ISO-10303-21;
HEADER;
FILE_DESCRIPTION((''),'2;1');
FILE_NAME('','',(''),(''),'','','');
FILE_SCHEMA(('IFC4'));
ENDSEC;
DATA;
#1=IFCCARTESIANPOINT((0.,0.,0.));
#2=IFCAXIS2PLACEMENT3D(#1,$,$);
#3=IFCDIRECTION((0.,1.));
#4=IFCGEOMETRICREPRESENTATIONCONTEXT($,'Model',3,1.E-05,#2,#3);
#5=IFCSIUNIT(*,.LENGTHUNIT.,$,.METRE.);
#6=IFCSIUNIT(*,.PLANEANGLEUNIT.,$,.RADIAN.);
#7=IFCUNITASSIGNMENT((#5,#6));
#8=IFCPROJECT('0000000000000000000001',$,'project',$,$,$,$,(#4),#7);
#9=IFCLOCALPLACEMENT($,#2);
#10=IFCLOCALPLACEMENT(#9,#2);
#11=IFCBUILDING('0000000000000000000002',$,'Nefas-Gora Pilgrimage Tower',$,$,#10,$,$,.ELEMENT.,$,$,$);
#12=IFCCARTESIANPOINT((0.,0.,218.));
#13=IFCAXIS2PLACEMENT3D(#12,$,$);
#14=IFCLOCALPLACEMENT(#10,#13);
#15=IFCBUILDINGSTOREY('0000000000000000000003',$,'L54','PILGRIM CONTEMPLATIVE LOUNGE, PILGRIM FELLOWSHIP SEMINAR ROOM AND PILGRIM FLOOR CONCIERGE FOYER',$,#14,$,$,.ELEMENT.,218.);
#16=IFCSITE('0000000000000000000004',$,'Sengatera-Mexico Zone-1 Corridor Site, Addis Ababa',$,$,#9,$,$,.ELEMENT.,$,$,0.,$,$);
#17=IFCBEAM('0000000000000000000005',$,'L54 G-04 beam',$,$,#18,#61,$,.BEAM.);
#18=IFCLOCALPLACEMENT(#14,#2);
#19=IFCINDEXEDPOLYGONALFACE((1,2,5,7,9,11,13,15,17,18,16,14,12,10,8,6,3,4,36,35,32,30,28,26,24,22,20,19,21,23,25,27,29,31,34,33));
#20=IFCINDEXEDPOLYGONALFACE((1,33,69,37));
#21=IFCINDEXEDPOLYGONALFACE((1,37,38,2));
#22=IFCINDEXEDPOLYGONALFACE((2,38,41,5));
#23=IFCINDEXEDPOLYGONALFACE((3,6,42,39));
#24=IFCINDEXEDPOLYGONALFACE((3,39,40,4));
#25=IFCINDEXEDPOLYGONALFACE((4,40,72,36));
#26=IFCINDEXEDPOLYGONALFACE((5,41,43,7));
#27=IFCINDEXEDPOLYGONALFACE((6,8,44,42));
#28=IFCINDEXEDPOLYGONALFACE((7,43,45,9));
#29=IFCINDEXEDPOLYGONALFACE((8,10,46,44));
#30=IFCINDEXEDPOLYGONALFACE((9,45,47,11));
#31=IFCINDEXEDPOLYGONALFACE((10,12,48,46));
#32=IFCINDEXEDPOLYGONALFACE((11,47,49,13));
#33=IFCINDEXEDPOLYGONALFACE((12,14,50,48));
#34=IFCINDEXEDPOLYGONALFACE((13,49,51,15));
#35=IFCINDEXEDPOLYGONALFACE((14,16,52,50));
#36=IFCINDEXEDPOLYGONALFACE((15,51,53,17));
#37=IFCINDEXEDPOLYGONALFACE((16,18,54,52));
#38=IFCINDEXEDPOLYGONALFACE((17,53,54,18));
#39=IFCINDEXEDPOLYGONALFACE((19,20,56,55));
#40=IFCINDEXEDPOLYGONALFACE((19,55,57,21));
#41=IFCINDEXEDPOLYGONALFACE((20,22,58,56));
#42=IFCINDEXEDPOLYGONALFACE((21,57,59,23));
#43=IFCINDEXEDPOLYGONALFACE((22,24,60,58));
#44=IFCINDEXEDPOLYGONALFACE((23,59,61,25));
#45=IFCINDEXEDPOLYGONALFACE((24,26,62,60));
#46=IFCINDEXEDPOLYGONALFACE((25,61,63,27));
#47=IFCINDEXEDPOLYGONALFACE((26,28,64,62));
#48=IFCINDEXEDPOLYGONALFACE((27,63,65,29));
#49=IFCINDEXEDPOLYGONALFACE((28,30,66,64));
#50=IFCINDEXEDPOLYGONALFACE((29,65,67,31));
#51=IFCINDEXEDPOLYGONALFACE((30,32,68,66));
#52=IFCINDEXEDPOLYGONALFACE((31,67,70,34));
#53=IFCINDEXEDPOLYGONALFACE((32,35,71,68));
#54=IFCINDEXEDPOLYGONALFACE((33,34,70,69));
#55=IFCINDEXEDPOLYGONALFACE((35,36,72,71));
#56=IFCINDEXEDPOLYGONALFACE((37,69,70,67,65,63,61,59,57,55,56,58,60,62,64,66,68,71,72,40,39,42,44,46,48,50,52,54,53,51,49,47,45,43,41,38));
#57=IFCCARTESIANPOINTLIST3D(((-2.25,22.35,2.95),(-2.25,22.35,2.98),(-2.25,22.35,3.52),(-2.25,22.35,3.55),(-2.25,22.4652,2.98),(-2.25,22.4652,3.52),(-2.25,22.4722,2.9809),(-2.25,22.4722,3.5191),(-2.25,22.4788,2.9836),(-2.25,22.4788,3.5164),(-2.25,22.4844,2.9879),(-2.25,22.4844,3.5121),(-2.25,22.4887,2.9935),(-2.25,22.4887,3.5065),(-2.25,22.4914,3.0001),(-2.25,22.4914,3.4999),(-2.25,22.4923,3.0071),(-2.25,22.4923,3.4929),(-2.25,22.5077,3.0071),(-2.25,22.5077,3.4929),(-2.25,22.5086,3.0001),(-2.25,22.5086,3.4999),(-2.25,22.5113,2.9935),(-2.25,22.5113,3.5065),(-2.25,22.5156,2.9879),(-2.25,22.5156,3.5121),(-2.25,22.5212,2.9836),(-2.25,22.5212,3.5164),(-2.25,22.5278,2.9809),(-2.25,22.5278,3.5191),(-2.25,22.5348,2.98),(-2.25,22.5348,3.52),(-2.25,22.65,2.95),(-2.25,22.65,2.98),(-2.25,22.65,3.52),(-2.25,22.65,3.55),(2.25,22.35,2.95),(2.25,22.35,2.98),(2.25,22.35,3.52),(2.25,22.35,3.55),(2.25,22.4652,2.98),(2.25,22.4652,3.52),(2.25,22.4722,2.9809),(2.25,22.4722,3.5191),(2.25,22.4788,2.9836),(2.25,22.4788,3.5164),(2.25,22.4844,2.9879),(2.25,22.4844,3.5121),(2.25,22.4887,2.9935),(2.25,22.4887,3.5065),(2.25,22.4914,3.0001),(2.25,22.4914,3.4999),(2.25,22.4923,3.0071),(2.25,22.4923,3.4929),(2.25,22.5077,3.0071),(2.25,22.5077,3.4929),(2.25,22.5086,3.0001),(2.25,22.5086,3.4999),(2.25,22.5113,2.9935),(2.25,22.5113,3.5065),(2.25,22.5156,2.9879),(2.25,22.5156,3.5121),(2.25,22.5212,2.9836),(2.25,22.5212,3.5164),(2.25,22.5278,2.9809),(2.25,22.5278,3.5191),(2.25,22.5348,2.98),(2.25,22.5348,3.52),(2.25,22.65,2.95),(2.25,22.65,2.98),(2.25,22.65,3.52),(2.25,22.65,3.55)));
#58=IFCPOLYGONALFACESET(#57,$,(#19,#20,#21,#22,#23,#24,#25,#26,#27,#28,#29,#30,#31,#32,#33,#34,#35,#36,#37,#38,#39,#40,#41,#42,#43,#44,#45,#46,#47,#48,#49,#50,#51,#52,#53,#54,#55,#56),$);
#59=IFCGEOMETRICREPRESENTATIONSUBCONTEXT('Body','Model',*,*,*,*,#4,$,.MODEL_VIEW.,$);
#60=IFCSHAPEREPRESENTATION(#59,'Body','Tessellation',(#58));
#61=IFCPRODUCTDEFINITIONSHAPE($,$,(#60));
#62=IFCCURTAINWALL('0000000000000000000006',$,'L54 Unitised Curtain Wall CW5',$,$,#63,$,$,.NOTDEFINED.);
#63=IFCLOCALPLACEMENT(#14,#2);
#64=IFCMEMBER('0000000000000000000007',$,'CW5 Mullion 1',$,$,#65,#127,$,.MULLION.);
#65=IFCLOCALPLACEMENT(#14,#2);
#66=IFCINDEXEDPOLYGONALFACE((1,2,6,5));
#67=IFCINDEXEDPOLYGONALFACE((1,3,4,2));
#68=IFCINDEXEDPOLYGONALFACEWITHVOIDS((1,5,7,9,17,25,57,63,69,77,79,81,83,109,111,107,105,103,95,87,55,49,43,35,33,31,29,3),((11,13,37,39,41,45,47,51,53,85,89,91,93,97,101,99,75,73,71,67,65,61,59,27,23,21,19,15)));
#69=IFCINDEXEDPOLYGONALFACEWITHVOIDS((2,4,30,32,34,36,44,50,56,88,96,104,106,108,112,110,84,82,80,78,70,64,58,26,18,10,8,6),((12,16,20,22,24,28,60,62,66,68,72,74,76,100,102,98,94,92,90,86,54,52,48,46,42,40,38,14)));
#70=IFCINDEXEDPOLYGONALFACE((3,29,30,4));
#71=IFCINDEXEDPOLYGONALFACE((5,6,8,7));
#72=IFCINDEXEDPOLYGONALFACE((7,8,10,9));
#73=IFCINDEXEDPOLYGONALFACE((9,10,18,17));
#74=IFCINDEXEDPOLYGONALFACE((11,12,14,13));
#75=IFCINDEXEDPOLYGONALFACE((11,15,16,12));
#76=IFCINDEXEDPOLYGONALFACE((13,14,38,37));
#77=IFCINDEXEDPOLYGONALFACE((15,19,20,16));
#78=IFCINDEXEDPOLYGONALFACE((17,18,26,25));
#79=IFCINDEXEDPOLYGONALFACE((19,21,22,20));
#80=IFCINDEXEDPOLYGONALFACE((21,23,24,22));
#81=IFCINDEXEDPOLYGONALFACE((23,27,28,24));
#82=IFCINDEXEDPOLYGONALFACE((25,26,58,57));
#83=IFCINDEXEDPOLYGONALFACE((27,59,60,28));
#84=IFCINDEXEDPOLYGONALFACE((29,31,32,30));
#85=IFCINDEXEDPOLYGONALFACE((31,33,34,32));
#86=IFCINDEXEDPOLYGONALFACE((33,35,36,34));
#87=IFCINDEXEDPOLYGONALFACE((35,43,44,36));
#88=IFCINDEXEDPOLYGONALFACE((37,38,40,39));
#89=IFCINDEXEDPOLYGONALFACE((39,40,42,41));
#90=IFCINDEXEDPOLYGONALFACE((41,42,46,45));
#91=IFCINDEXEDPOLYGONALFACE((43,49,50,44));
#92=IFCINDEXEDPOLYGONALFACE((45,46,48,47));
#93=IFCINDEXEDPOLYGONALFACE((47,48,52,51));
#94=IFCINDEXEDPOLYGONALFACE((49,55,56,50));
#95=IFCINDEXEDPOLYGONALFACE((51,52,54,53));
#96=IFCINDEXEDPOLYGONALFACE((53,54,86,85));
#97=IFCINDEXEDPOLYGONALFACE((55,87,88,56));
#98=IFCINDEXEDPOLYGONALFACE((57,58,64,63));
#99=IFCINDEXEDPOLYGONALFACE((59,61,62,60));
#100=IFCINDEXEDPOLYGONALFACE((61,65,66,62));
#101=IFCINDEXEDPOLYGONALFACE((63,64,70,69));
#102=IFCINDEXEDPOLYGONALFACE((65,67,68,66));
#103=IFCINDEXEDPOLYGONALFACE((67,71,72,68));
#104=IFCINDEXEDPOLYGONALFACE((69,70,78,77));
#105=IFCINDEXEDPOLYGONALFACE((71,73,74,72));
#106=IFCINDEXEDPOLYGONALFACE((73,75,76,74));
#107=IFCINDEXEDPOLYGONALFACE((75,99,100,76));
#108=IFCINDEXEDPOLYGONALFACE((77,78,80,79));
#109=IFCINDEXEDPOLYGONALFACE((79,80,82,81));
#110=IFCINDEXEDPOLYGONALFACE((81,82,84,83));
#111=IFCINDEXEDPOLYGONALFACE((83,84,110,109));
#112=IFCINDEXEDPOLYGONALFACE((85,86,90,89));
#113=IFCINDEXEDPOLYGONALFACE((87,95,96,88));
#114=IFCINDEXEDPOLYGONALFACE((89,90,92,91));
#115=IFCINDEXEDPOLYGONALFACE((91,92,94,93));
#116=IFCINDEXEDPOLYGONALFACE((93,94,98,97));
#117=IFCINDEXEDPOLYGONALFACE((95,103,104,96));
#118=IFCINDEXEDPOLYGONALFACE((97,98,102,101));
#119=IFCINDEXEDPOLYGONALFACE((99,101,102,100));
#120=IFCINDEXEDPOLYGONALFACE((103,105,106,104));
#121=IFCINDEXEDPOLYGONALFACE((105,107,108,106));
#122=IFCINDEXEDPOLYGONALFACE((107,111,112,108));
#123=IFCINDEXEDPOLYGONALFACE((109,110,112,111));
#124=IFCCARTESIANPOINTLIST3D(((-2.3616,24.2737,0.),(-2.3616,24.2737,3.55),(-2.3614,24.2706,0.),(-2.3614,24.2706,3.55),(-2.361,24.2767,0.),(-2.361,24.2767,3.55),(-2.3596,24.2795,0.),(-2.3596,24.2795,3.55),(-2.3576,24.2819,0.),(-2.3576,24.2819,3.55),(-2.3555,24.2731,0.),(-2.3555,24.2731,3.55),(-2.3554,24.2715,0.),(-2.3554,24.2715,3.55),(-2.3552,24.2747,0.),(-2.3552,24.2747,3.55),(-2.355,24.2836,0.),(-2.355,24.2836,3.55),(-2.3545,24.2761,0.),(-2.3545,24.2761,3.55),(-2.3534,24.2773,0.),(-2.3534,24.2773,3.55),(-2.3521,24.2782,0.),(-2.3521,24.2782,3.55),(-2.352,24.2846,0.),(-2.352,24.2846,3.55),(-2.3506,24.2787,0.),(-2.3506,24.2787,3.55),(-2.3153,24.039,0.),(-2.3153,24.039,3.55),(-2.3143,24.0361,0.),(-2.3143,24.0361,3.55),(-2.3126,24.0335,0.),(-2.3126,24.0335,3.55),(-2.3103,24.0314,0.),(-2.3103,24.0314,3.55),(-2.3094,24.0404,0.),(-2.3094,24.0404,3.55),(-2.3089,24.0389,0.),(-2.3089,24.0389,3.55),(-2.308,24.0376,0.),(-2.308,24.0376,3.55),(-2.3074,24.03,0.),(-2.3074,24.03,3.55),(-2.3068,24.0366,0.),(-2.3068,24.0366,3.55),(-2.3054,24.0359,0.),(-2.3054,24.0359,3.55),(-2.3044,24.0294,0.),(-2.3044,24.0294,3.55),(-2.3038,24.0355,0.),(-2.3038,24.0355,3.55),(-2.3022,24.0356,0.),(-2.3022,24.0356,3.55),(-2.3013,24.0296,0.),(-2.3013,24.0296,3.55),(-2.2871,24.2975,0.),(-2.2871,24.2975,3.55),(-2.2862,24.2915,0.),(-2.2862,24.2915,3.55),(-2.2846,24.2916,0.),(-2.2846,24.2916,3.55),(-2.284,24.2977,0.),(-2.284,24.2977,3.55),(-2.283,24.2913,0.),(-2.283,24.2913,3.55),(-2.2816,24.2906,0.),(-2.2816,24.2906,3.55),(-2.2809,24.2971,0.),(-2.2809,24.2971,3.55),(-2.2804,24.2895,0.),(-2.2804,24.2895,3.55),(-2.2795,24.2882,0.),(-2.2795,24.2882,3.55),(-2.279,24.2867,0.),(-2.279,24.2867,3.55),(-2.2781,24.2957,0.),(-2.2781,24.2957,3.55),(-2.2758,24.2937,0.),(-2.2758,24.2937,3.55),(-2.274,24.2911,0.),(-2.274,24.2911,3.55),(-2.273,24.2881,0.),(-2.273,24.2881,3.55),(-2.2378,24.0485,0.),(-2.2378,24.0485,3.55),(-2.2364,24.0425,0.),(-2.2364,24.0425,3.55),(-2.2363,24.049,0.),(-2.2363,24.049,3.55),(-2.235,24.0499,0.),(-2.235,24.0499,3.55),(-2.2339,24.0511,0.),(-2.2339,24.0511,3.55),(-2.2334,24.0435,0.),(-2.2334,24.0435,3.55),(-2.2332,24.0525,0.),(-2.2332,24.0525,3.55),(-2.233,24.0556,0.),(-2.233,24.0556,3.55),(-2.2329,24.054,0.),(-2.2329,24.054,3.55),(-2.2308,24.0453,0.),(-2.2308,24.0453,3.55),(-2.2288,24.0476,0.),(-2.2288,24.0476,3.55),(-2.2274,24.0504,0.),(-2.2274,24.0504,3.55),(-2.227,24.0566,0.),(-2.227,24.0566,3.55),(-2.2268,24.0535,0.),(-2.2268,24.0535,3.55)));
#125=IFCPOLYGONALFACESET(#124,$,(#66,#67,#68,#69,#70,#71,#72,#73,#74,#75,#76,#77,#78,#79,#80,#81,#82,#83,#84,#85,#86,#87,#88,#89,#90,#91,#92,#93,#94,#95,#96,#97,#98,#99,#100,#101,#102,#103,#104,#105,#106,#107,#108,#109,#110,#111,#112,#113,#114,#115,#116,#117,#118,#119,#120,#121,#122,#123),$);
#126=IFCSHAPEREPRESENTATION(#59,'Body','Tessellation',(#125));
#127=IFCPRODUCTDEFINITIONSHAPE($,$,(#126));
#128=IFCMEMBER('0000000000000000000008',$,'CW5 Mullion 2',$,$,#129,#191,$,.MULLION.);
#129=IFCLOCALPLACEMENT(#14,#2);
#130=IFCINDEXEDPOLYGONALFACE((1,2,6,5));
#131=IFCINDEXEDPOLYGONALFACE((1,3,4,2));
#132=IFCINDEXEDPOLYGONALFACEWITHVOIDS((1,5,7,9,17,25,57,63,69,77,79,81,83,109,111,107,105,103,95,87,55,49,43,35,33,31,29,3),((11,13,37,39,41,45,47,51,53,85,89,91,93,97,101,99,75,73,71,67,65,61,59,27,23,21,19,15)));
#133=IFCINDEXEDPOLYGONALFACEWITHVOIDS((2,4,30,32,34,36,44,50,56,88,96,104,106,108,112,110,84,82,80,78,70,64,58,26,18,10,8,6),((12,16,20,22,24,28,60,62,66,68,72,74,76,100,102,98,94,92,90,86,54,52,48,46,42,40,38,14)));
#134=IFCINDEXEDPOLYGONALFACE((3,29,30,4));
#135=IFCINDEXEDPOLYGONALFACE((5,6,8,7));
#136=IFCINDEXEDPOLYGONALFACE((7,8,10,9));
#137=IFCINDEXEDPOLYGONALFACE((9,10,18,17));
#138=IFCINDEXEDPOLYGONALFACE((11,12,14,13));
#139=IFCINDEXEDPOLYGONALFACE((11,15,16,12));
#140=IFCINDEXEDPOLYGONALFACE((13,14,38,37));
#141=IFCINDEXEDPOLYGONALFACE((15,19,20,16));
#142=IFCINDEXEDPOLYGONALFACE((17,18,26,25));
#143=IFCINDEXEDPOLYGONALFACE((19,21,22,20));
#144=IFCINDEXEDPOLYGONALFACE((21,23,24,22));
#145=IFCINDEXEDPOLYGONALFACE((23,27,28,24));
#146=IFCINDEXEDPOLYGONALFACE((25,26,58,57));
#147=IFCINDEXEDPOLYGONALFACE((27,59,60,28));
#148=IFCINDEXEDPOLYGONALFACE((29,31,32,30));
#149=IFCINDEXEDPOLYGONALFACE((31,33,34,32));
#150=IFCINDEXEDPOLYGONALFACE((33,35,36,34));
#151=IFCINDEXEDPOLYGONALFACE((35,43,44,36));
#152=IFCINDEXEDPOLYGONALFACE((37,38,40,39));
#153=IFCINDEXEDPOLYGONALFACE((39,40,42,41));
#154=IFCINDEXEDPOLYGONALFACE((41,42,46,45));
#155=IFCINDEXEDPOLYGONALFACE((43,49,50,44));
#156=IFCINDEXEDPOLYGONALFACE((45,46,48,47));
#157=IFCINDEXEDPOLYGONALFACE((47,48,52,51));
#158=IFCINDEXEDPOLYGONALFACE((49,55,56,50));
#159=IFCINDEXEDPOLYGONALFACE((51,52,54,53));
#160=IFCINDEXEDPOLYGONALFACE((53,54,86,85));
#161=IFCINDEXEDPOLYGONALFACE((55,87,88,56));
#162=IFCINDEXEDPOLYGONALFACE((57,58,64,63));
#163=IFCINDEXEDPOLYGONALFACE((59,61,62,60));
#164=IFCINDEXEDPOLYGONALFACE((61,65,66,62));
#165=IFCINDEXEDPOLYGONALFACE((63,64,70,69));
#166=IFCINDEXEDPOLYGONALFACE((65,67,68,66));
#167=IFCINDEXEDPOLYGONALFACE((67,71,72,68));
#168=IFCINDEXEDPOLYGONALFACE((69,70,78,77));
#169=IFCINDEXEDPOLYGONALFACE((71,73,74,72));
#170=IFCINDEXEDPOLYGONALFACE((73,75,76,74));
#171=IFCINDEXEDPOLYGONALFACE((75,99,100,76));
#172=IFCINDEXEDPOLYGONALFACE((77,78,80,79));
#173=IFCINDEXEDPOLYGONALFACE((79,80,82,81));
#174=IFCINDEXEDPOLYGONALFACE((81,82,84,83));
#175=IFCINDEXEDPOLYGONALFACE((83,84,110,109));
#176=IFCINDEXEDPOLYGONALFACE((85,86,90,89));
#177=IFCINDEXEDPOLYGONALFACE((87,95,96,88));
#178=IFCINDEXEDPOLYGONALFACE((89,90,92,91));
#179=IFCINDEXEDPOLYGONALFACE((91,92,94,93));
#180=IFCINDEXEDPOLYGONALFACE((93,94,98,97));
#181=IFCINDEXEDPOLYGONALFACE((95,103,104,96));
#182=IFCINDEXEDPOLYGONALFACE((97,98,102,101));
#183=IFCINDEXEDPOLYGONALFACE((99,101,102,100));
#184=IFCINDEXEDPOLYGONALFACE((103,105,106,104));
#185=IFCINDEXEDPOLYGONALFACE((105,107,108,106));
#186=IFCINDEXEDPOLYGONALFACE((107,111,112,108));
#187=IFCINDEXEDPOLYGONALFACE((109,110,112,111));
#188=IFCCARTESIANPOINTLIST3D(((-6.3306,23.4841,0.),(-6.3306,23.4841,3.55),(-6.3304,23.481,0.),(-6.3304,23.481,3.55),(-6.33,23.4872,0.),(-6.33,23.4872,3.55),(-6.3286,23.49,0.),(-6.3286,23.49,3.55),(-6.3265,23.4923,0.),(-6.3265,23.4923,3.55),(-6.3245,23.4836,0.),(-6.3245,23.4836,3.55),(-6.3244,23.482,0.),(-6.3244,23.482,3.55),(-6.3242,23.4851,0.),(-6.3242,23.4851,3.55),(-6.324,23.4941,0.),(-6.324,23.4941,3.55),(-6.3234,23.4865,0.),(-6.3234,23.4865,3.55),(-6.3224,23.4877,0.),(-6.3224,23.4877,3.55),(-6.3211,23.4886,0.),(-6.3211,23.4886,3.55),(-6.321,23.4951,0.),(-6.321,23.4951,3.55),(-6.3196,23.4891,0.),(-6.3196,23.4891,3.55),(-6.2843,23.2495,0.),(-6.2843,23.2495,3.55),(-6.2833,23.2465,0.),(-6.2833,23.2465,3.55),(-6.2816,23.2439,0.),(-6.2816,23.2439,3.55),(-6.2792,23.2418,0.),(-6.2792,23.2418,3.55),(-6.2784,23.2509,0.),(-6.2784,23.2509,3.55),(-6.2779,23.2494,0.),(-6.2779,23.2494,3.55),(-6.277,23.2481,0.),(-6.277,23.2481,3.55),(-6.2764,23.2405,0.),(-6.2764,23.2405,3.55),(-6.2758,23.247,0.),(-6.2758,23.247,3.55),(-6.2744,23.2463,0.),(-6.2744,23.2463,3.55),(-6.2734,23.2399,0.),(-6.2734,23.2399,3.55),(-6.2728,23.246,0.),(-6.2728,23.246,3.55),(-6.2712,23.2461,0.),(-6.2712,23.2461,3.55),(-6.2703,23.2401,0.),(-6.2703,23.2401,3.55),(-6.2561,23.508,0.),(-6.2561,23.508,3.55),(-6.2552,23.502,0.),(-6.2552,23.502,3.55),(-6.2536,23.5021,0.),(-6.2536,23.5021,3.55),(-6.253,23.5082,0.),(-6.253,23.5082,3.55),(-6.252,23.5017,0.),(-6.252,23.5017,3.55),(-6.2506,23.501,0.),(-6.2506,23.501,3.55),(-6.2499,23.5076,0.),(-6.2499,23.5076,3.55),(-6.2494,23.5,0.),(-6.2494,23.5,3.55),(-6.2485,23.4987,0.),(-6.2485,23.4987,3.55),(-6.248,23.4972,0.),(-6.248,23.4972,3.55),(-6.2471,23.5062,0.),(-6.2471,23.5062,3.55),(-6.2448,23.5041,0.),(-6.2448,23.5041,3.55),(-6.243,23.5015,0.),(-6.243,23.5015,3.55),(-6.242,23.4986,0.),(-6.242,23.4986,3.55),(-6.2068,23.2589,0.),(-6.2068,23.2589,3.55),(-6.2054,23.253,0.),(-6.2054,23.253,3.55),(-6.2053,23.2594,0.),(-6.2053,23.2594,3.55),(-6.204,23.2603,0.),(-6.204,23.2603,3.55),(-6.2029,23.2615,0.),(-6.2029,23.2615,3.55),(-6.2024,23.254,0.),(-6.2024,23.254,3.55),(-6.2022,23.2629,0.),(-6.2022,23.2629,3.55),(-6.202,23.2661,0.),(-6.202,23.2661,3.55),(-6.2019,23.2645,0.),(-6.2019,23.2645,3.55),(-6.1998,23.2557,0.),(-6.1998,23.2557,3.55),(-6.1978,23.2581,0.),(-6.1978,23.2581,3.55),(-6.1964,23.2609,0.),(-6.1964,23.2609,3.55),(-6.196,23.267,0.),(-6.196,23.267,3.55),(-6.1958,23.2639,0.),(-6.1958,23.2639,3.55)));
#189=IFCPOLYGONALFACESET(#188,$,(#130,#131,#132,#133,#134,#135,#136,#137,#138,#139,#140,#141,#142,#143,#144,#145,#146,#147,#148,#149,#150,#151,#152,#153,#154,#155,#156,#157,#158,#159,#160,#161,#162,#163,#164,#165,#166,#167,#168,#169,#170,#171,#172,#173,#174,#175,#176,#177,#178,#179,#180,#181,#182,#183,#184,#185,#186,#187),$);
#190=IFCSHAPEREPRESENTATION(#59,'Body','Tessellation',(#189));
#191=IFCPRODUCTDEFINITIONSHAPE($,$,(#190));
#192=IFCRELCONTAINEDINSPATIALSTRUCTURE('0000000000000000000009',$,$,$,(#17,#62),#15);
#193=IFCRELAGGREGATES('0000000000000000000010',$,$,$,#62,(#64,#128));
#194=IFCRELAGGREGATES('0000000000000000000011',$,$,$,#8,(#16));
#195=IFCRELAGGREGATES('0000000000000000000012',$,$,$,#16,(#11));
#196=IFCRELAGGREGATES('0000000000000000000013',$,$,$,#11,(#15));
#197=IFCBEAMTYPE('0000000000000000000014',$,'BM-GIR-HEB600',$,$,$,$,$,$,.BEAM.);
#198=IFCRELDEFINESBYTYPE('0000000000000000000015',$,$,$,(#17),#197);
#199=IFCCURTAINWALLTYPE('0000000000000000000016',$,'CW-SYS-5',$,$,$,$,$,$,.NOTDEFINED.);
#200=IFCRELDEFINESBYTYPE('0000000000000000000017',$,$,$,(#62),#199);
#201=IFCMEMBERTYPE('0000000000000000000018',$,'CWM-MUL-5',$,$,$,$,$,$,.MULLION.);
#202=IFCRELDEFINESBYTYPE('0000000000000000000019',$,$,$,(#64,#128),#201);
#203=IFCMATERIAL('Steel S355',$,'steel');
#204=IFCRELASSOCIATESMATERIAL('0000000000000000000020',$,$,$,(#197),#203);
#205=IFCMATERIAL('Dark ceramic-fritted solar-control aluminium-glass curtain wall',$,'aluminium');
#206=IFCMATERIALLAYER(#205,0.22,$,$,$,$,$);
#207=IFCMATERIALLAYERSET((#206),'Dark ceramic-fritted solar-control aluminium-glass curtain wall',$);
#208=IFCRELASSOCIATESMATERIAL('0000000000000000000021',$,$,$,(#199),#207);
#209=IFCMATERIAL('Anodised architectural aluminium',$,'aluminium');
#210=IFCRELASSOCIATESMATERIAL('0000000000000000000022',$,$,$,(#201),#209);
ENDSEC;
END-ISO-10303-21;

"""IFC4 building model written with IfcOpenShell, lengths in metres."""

from ifc_helpers import new_model, si_unit, direction, frame, origin, origin_2d, place, context, subcontext, project, spatial, hollow_rectangle, i_section, extrude, source, transform, mapped, material, layer, layer_set, material_profile, profile_set, type_object, element, aggregate, save


model = new_model("IFC4")

# Units and contexts
model_context = context("Model", 3, precision=1e-05, world=origin(), true_north=direction((0.0, 1.0)))
body_context = subcontext(model_context, "Body", "Model", "MODEL_VIEW")
ifc_project = project(units=[si_unit("LENGTHUNIT", "METRE"), si_unit("PLANEANGLEUNIT", "RADIAN")], contexts=[model_context])

# Site, building, storey
site_placement = place(None, origin())
site = spatial("IfcSite", under=ifc_project, at=site_placement, Name="Sengatera-Mexico Zone-1 Corridor Site, Addis Ababa", CompositionType="ELEMENT", RefElevation=0.0)
building_placement = place(site_placement, origin())
building = spatial("IfcBuilding", under=site, at=building_placement, Name="Nefas-Gora Pilgrimage Tower", CompositionType="ELEMENT")
storey_placement = place(building_placement, frame((0.0, 0.0, 218.0)))
storey = spatial("IfcBuildingStorey", under=building, at=storey_placement, Name="L54", Description="PILGRIM CONTEMPLATIVE LOUNGE, PILGRIM FELLOWSHIP SEMINAR ROOM AND PILGRIM FLOOR CONCIERGE FOYER", CompositionType="ELEMENT", Elevation=218.0)

# Beam
ifc_material_1 = material(Name="Steel S355", Category="steel")
ifc_material_profile_1 = material_profile(ifc_material_1, i_section(OverallWidth=0.3, OverallDepth=0.6001, WebThickness=0.0154, FlangeThickness=0.03, FilletRadius=0.0271, at=origin_2d()), Name="HEB 600")
ifc_profile_set_1 = profile_set([ifc_material_profile_1], Name="Steel S355")
beam_type = type_object("IfcBeamType", Name="BM-GIR-HEB600", PredefinedType="BEAM", material=ifc_profile_set_1)
shared_shape_1 = source(origin(), body_context, "Body", "SweptSolid", [
    extrude(i_section(OverallWidth=0.3, OverallDepth=0.6001, WebThickness=0.0154, FlangeThickness=0.03, FilletRadius=0.0271, at=origin_2d()), origin(), (0.0, 0.0, 1.0), 4.5),
])
for number, where, z_axis, x_axis, name in (
    (1, (-2.25, 22.5, 3.25), (1.0, 0.0, 0.0), (0.0, 1.0, 0.0), "L54 G-04 beam"),
):
    element("IfcBeam", number, at=place(storey_placement, frame(where, z_axis=z_axis, x_axis=x_axis)), inside=storey, type_object=beam_type, Name=name, PredefinedType="BEAM", context=body_context, shape_type="MappedRepresentation", body=[
        mapped(shared_shape_1, transform((0.0, 0.0, 0.0), x_axis=(1.0, 0.0, 0.0), y_axis=(0.0, 1.0, 0.0), z_axis=(0.0, 0.0, 1.0), scale=1.0)),
    ])

# Curtain wall, members
ifc_material_2 = material(Name="Dark ceramic-fritted solar-control aluminium-glass curtain wall", Category="aluminium")
ifc_layer_1 = layer(ifc_material_2, 0.22)
ifc_layer_set_1 = layer_set([ifc_layer_1], Name="Dark ceramic-fritted solar-control aluminium-glass curtain wall")
curtain_wall_type = type_object("IfcCurtainWallType", Name="CW-SYS-5", PredefinedType="NOTDEFINED", material=ifc_layer_set_1)
curtain_wall_1_placement = place(storey_placement, origin())
curtain_wall_1 = element("IfcCurtainWall", 2, at=curtain_wall_1_placement, inside=storey, type_object=curtain_wall_type, Name="L54 Unitised Curtain Wall CW5", PredefinedType="NOTDEFINED")
ifc_material_3 = material(Name="Anodised architectural aluminium", Category="aluminium")
ifc_material_profile_2 = material_profile(ifc_material_3, hollow_rectangle(XDim=0.0901, YDim=0.26, WallThickness=0.0061, InnerFilletRadius=0.0061, OuterFilletRadius=0.012, at=origin_2d()), Name="ALU MULLION 90x260")
ifc_profile_set_2 = profile_set([ifc_material_profile_2], Name="Anodised architectural aluminium")
member_type_1 = type_object("IfcMemberType", Name="CWM-MUL-5", PredefinedType="MULLION", material=ifc_profile_set_2)
shared_shape_2 = source(origin(), body_context, "Body", "SweptSolid", [
    extrude(hollow_rectangle(XDim=0.0901, YDim=0.26, WallThickness=0.0061, InnerFilletRadius=0.0061, OuterFilletRadius=0.012, at=origin_2d()), origin(), (0.0, 0.0, 1.0), 3.55),
])
member_1_placement = place(storey_placement, frame((-2.2942, 24.1636, 0.0), z_axis=(0.0, 0.0, 1.0), x_axis=(-0.980783, -0.195102, 0.0)))
member_1 = element("IfcMember", 3, at=member_1_placement, type_object=member_type_1, Name="CW5 Mullion 1", PredefinedType="MULLION", context=body_context, shape_type="MappedRepresentation", body=[
    mapped(shared_shape_2, transform((0.0, 0.0, 0.0), x_axis=(1.0, 0.0, 0.0), y_axis=(0.0, 1.0, 0.0), z_axis=(0.0, 0.0, 1.0), scale=1.0)),
])
member_2_placement = place(storey_placement, frame((-6.2632, 23.374, 0.0), z_axis=(0.0, 0.0, 1.0), x_axis=(-0.980783, -0.195102, 0.0)))
member_2 = element("IfcMember", 4, at=member_2_placement, type_object=member_type_1, Name="CW5 Mullion 2", PredefinedType="MULLION", context=body_context, shape_type="MappedRepresentation", body=[
    mapped(shared_shape_2, transform((0.0, 0.0, 0.0), x_axis=(1.0, 0.0, 0.0), y_axis=(0.0, 1.0, 0.0), z_axis=(0.0, 0.0, 1.0), scale=1.0)),
])

aggregate(curtain_wall_1, [member_1, member_2])

save(model, "model.ifc")
